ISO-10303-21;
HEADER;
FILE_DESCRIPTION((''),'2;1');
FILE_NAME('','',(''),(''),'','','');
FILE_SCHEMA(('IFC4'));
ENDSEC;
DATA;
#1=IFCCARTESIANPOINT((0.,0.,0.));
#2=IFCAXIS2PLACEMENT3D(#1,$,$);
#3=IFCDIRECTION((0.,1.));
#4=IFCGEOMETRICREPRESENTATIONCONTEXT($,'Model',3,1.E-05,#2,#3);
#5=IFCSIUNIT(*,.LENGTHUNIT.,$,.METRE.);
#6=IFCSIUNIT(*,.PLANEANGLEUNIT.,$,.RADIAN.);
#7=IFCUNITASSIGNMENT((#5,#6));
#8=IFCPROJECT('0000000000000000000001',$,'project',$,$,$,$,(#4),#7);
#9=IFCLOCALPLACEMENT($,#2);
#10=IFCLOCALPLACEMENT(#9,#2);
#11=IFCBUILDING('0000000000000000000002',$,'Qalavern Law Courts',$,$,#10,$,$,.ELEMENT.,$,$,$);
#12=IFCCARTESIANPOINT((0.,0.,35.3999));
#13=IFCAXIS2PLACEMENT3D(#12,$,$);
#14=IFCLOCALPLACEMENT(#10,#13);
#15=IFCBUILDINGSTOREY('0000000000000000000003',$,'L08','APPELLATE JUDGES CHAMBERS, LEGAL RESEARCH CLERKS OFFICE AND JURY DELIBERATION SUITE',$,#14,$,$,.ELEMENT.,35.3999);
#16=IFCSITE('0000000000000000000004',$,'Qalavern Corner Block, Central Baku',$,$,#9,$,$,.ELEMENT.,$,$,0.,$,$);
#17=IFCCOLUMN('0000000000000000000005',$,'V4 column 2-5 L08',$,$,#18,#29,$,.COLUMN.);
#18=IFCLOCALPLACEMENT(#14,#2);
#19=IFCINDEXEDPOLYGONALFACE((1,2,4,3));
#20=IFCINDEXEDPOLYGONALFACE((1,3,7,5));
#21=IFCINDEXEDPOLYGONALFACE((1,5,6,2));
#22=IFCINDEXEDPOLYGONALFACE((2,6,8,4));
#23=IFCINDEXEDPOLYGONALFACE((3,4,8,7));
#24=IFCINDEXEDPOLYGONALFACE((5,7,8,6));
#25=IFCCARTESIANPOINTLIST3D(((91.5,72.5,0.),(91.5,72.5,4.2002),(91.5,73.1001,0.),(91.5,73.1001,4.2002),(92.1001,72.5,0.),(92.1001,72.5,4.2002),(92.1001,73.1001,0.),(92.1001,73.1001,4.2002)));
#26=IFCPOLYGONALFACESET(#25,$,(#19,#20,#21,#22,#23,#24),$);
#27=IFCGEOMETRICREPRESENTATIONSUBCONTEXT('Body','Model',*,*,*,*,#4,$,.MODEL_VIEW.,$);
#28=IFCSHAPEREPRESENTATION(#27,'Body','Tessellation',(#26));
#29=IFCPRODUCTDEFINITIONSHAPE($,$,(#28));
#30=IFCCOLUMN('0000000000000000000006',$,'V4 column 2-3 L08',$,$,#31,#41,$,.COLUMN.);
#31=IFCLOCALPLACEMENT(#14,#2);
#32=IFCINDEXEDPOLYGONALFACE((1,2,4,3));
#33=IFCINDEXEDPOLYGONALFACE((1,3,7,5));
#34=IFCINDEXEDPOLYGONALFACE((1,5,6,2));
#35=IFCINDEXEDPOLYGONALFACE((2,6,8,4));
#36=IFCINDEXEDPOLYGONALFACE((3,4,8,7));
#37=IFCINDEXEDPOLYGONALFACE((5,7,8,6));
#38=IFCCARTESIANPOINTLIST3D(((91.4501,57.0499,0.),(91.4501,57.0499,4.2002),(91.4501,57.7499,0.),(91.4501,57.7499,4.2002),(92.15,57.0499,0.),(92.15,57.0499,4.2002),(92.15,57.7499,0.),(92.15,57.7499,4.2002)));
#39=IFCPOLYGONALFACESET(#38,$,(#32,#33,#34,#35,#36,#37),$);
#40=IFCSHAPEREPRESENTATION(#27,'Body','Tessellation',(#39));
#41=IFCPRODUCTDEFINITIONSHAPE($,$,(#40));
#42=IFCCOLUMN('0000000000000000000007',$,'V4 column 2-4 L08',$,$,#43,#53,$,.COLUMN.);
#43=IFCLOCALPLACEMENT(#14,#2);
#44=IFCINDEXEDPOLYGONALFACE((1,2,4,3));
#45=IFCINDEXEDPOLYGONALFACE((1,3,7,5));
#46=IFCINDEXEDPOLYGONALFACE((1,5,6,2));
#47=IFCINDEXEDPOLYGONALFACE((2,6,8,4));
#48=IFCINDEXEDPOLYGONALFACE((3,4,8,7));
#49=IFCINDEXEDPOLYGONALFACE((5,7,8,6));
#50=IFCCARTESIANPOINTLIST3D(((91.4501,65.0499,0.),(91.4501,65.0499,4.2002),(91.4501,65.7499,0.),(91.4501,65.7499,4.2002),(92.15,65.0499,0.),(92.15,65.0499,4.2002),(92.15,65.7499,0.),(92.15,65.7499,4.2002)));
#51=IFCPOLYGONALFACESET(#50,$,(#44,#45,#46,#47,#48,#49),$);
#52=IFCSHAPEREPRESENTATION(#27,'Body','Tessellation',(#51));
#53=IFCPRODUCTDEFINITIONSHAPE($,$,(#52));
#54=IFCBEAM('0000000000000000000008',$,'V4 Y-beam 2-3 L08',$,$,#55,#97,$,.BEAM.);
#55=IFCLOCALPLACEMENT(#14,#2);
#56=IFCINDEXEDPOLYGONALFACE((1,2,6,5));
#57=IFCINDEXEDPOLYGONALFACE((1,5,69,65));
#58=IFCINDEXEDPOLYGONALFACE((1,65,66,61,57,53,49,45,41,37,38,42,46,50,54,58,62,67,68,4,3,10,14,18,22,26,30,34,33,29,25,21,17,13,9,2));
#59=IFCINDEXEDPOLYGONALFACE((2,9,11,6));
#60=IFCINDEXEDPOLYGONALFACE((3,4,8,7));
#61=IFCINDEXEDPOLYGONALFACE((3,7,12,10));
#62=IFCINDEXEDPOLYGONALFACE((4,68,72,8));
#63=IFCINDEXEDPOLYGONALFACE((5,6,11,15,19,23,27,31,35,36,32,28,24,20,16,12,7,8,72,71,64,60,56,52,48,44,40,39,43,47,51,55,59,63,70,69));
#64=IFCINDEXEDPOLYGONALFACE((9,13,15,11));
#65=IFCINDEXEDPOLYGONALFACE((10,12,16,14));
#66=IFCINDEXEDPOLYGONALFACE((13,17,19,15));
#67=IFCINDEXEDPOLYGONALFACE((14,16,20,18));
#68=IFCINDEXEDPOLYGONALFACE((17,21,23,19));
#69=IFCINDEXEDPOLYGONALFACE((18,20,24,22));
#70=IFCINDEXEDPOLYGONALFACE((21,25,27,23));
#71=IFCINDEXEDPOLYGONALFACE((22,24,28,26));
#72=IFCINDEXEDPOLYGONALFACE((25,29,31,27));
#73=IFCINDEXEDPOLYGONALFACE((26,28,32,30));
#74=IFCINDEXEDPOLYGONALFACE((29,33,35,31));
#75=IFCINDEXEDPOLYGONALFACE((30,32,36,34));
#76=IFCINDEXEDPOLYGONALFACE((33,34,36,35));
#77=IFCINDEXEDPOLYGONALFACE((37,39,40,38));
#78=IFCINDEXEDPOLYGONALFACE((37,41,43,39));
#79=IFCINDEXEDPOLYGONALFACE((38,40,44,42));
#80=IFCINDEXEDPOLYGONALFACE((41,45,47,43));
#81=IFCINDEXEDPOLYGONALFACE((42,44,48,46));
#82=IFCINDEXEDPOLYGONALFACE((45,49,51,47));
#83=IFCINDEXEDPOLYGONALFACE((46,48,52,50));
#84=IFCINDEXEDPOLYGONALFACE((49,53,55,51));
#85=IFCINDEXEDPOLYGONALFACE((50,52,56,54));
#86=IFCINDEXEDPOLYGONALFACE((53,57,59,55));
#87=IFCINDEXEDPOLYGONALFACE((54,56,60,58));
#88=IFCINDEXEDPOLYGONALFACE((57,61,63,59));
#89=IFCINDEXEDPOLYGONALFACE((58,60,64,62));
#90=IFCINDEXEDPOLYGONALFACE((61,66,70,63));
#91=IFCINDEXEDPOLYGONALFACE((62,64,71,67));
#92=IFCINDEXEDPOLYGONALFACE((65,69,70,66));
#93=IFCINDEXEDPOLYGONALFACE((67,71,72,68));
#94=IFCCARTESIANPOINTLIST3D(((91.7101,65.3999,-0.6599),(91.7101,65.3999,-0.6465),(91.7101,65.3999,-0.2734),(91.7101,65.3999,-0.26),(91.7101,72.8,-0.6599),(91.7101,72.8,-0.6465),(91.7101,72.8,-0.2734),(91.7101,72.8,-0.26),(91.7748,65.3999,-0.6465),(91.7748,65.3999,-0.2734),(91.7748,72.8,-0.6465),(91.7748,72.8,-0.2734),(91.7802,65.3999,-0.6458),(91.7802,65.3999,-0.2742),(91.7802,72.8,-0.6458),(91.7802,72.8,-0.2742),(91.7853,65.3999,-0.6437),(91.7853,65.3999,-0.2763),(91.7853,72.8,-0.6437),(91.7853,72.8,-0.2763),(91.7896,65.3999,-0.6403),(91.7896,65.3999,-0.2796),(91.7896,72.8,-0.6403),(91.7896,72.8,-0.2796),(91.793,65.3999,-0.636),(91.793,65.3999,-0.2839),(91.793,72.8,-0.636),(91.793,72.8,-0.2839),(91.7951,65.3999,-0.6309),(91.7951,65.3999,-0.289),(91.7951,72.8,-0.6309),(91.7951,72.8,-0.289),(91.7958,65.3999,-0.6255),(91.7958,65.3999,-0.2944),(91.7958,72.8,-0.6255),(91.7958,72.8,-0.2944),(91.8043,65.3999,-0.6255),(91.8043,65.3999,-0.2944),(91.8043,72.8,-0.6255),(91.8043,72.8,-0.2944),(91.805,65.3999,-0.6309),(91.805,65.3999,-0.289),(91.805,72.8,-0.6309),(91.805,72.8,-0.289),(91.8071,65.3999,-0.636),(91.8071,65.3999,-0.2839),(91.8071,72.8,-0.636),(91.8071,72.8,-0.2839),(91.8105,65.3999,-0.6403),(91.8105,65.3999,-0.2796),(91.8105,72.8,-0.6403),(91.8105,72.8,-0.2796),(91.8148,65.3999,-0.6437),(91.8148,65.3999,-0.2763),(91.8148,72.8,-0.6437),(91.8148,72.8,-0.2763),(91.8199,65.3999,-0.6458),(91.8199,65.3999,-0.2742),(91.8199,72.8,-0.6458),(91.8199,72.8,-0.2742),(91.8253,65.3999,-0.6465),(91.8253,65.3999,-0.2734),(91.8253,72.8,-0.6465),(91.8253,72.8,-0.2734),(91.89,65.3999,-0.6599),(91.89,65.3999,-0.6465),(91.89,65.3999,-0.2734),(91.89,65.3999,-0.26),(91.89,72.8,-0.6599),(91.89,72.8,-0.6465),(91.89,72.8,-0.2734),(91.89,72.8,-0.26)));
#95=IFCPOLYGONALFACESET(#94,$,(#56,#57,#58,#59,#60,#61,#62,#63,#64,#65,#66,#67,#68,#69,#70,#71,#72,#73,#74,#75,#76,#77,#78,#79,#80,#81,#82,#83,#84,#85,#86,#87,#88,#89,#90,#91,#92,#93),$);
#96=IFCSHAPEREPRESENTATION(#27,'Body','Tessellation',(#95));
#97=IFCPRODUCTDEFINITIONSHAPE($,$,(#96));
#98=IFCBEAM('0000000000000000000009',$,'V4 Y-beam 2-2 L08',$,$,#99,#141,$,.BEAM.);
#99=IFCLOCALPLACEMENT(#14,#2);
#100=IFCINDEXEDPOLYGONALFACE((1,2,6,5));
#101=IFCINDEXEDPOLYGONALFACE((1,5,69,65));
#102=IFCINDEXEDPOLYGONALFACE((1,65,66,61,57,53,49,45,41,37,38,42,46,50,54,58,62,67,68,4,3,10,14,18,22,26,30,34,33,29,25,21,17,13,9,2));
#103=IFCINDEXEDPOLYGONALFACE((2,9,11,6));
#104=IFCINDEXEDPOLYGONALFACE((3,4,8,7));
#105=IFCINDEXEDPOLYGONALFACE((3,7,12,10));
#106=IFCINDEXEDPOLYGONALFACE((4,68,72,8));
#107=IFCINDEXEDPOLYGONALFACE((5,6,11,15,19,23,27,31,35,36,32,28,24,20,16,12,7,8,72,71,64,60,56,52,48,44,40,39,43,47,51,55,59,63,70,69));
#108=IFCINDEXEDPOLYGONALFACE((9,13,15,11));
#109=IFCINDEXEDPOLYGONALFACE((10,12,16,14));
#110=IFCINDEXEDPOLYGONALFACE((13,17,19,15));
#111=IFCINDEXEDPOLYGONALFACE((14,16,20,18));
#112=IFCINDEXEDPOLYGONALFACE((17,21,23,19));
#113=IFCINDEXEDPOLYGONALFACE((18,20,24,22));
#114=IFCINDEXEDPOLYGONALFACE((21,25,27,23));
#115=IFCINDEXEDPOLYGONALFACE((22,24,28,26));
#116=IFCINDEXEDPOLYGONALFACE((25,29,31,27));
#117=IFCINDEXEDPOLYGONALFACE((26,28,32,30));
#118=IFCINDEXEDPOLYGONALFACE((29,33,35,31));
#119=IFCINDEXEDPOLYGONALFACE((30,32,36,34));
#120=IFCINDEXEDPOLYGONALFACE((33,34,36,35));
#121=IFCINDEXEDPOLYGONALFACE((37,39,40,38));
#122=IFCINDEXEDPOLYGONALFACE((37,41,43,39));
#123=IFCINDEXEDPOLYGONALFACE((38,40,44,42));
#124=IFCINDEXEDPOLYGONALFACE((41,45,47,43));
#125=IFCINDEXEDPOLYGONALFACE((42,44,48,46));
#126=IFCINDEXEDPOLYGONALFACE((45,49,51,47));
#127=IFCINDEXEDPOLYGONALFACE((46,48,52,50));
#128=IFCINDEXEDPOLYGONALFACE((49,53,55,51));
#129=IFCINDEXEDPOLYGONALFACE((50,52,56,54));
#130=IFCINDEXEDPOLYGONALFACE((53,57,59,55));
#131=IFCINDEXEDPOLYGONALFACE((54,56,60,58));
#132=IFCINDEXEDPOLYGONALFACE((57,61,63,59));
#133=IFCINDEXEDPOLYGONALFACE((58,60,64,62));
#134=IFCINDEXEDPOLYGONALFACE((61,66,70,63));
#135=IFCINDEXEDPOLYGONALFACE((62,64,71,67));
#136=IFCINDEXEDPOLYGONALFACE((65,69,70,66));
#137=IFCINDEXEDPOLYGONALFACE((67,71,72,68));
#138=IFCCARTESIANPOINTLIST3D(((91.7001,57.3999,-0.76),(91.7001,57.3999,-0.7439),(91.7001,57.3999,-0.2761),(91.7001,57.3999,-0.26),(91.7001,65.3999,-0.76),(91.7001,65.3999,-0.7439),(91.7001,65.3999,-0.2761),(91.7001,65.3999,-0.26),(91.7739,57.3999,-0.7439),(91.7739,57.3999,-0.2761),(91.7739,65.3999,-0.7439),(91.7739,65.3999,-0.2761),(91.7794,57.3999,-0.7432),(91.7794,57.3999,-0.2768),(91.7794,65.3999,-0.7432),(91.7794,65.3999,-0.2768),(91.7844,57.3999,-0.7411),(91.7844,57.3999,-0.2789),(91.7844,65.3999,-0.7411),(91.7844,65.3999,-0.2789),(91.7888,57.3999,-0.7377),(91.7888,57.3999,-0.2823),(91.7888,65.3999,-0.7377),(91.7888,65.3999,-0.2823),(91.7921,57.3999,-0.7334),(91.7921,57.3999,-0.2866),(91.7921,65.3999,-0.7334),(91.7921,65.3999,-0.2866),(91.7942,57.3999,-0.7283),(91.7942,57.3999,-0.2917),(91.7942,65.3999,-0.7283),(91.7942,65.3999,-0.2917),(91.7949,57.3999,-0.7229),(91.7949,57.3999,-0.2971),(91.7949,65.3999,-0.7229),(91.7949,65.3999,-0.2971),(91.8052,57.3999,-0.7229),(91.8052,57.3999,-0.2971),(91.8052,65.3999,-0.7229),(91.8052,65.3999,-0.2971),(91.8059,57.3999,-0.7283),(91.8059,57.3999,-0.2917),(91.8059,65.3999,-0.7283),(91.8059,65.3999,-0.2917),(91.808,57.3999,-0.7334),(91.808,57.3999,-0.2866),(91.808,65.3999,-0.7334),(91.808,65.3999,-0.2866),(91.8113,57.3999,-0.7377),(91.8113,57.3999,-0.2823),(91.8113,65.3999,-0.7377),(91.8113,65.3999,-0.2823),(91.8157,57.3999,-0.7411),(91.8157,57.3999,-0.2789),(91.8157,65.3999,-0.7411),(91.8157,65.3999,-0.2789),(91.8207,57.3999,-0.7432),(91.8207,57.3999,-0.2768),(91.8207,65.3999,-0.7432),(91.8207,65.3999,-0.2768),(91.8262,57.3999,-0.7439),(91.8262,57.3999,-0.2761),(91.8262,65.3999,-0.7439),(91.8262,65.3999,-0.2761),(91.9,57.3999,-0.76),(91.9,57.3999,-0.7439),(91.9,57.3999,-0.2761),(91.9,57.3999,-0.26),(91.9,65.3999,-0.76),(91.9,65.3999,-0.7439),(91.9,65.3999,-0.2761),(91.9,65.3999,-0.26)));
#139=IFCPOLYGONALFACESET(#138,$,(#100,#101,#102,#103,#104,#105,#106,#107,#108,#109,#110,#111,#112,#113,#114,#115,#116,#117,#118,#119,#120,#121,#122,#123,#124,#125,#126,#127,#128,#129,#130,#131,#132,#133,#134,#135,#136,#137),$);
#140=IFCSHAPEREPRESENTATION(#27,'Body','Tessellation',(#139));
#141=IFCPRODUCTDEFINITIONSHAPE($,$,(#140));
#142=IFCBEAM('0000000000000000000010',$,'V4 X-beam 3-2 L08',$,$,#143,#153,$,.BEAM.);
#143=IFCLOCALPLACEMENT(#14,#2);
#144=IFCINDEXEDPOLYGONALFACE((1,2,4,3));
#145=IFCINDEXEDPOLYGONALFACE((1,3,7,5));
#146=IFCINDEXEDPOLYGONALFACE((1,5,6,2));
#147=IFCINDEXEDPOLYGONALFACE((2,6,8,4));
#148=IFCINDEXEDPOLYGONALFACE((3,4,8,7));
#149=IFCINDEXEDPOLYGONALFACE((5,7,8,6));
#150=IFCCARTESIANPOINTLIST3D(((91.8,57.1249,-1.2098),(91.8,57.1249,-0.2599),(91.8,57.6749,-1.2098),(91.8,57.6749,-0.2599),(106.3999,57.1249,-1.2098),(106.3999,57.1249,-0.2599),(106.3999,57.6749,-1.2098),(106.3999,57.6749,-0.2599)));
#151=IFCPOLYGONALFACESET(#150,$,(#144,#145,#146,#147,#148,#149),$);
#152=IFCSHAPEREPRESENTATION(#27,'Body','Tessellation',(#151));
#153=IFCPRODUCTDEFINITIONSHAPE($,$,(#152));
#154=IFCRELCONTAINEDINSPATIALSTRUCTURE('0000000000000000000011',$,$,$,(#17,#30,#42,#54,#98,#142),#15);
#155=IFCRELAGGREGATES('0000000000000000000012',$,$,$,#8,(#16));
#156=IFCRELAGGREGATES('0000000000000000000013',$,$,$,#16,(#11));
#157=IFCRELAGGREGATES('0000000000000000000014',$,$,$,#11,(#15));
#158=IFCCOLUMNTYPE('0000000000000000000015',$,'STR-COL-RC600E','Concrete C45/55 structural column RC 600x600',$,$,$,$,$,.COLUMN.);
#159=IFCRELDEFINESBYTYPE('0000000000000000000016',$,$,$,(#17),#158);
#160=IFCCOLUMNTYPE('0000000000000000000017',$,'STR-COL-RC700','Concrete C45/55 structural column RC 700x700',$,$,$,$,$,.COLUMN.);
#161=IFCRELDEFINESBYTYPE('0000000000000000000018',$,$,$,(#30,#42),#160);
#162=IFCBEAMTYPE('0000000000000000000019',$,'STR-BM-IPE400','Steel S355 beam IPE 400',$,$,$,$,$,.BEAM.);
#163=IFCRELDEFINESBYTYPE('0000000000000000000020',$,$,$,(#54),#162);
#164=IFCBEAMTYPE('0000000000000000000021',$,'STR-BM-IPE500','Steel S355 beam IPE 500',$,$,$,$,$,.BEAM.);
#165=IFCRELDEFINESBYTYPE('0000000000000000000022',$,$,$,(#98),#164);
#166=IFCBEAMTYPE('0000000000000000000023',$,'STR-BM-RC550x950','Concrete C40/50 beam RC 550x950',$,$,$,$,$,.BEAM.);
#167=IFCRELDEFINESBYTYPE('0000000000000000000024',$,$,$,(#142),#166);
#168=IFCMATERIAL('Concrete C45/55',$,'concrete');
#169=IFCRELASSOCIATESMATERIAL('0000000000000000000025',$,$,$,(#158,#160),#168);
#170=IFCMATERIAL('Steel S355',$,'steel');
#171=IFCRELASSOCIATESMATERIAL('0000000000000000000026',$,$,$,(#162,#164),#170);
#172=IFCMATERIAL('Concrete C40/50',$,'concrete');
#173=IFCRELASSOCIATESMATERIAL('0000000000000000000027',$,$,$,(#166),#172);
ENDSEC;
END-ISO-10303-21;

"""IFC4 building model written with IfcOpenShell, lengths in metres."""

from ifc_helpers import new_model, si_unit, direction, frame, origin, origin_2d, place, context, subcontext, project, spatial, rectangle, i_section, extrude, material, material_profile, profile_set, type_object, element, save


model = new_model("IFC4")

# Units and contexts
model_context = context("Model", 3, precision=1e-05, world=origin(), true_north=direction((0.0, 1.0)))
body_context = subcontext(model_context, "Body", "Model", "MODEL_VIEW")
ifc_project = project(units=[si_unit("LENGTHUNIT", "METRE"), si_unit("PLANEANGLEUNIT", "RADIAN")], contexts=[model_context])

# Site, building, storey
site_placement = place(None, origin())
site = spatial("IfcSite", under=ifc_project, at=site_placement, Name="Qalavern Corner Block, Central Baku", CompositionType="ELEMENT", RefElevation=0.0)
building_placement = place(site_placement, origin())
building = spatial("IfcBuilding", under=site, at=building_placement, Name="Qalavern Law Courts", CompositionType="ELEMENT")
storey_placement = place(building_placement, frame((0.0, 0.0, 35.3999)))
storey = spatial("IfcBuildingStorey", under=building, at=storey_placement, Name="L08", Description="APPELLATE JUDGES CHAMBERS, LEGAL RESEARCH CLERKS OFFICE AND JURY DELIBERATION SUITE", CompositionType="ELEMENT", Elevation=35.3999)

# Columns
ifc_material_1 = material(Name="Concrete C45/55", Category="concrete")
ifc_material_profile_1 = material_profile(ifc_material_1, rectangle(XDim=0.6001, YDim=0.6001, at=origin_2d()), Name="RC 600x600")
ifc_profile_set_1 = profile_set([ifc_material_profile_1], Name="Concrete C45/55")
column_type_1 = type_object("IfcColumnType", Name="STR-COL-RC600E", Description="Concrete C45/55 structural column RC 600x600", PredefinedType="COLUMN", material=ifc_profile_set_1)
column_placement = place(storey_placement, frame((91.8, 72.8, 0.0), z_axis=(0.0, 0.0, 1.0), x_axis=(1.0, 0.0, 0.0)))
element("IfcColumn", 1, at=column_placement, inside=storey, type_object=column_type_1, Name="V4 column 2-5 L08", PredefinedType="COLUMN", context=body_context, shape_type="SweptSolid", body=[
    extrude(rectangle(XDim=0.6001, YDim=0.6001, at=origin_2d()), origin(), (0.0, 0.0, 1.0), 4.2002),
])
ifc_material_profile_2 = material_profile(ifc_material_1, rectangle(XDim=0.7, YDim=0.7, at=origin_2d()), Name="RC 700x700")
ifc_profile_set_2 = profile_set([ifc_material_profile_2], Name="Concrete C45/55")
column_type_2 = type_object("IfcColumnType", Name="STR-COL-RC700", Description="Concrete C45/55 structural column RC 700x700", PredefinedType="COLUMN", material=ifc_profile_set_2)
for number, where, z_axis, x_axis, name in (
    (2, (91.8, 57.3999, 0.0), (0.0, 0.0, 1.0), (1.0, 0.0, 0.0), "V4 column 2-3 L08"),
    (3, (91.8, 65.3999, 0.0), (0.0, 0.0, 1.0), (1.0, 0.0, 0.0), "V4 column 2-4 L08"),
):
    element("IfcColumn", number, at=place(storey_placement, frame(where, z_axis=z_axis, x_axis=x_axis)), inside=storey, type_object=column_type_2, Name=name, PredefinedType="COLUMN", context=body_context, shape_type="SweptSolid", body=[
        extrude(rectangle(XDim=0.7, YDim=0.7, at=origin_2d()), origin(), (0.0, 0.0, 1.0), 4.2002),
    ])

# Beams
ifc_material_2 = material(Name="Steel S355", Category="steel")
ifc_material_profile_3 = material_profile(ifc_material_2, i_section(OverallWidth=0.1799, OverallDepth=0.3999, WebThickness=0.0085, FlangeThickness=0.0134, FilletRadius=0.021, at=origin_2d()), Name="IPE 400")
ifc_profile_set_3 = profile_set([ifc_material_profile_3], Name="Steel S355")
beam_type_1 = type_object("IfcBeamType", Name="STR-BM-IPE400", Description="Steel S355 beam IPE 400", PredefinedType="BEAM", material=ifc_profile_set_3)
beam_1_placement = place(storey_placement, frame((91.8, 65.3999, -0.46), z_axis=(0.0, 1.0, 0.0), x_axis=(-1.0, 0.0, 0.0)))
element("IfcBeam", 4, at=beam_1_placement, inside=storey, type_object=beam_type_1, Name="V4 Y-beam 2-3 L08", PredefinedType="BEAM", context=body_context, shape_type="SweptSolid", body=[
    extrude(i_section(OverallWidth=0.1799, OverallDepth=0.3999, WebThickness=0.0085, FlangeThickness=0.0134, FilletRadius=0.021, at=origin_2d()), origin(), (0.0, 0.0, 1.0), 7.4001),
])
ifc_material_profile_4 = material_profile(ifc_material_2, i_section(OverallWidth=0.2, OverallDepth=0.5, WebThickness=0.0103, FlangeThickness=0.0161, FilletRadius=0.021, at=origin_2d()), Name="IPE 500")
ifc_profile_set_4 = profile_set([ifc_material_profile_4], Name="Steel S355")
beam_type_2 = type_object("IfcBeamType", Name="STR-BM-IPE500", Description="Steel S355 beam IPE 500", PredefinedType="BEAM", material=ifc_profile_set_4)
beam_2_placement = place(storey_placement, frame((91.8, 57.3999, -0.51), z_axis=(0.0, 1.0, 0.0), x_axis=(-1.0, 0.0, 0.0)))
element("IfcBeam", 5, at=beam_2_placement, inside=storey, type_object=beam_type_2, Name="V4 Y-beam 2-2 L08", PredefinedType="BEAM", context=body_context, shape_type="SweptSolid", body=[
    extrude(i_section(OverallWidth=0.2, OverallDepth=0.5, WebThickness=0.0103, FlangeThickness=0.0161, FilletRadius=0.021, at=origin_2d()), origin(), (0.0, 0.0, 1.0), 8.0),
])
ifc_material_3 = material(Name="Concrete C40/50", Category="concrete")
ifc_material_profile_5 = material_profile(ifc_material_3, rectangle(XDim=0.55, YDim=0.95, at=origin_2d()), Name="RC 550x950")
ifc_profile_set_5 = profile_set([ifc_material_profile_5], Name="Concrete C40/50")
beam_type_3 = type_object("IfcBeamType", Name="STR-BM-RC550x950", Description="Concrete C40/50 beam RC 550x950", PredefinedType="BEAM", material=ifc_profile_set_5)
beam_3_placement = place(storey_placement, frame((91.8, 57.3999, -0.7349), z_axis=(1.0, 0.0, 0.0), x_axis=(0.0, 1.0, 0.0)))
element("IfcBeam", 6, at=beam_3_placement, inside=storey, type_object=beam_type_3, Name="V4 X-beam 3-2 L08", PredefinedType="BEAM", context=body_context, shape_type="SweptSolid", body=[
    extrude(rectangle(XDim=0.55, YDim=0.95, at=origin_2d()), origin(), (0.0, 0.0, 1.0), 14.5999),
])

save(model, "model.ifc")
